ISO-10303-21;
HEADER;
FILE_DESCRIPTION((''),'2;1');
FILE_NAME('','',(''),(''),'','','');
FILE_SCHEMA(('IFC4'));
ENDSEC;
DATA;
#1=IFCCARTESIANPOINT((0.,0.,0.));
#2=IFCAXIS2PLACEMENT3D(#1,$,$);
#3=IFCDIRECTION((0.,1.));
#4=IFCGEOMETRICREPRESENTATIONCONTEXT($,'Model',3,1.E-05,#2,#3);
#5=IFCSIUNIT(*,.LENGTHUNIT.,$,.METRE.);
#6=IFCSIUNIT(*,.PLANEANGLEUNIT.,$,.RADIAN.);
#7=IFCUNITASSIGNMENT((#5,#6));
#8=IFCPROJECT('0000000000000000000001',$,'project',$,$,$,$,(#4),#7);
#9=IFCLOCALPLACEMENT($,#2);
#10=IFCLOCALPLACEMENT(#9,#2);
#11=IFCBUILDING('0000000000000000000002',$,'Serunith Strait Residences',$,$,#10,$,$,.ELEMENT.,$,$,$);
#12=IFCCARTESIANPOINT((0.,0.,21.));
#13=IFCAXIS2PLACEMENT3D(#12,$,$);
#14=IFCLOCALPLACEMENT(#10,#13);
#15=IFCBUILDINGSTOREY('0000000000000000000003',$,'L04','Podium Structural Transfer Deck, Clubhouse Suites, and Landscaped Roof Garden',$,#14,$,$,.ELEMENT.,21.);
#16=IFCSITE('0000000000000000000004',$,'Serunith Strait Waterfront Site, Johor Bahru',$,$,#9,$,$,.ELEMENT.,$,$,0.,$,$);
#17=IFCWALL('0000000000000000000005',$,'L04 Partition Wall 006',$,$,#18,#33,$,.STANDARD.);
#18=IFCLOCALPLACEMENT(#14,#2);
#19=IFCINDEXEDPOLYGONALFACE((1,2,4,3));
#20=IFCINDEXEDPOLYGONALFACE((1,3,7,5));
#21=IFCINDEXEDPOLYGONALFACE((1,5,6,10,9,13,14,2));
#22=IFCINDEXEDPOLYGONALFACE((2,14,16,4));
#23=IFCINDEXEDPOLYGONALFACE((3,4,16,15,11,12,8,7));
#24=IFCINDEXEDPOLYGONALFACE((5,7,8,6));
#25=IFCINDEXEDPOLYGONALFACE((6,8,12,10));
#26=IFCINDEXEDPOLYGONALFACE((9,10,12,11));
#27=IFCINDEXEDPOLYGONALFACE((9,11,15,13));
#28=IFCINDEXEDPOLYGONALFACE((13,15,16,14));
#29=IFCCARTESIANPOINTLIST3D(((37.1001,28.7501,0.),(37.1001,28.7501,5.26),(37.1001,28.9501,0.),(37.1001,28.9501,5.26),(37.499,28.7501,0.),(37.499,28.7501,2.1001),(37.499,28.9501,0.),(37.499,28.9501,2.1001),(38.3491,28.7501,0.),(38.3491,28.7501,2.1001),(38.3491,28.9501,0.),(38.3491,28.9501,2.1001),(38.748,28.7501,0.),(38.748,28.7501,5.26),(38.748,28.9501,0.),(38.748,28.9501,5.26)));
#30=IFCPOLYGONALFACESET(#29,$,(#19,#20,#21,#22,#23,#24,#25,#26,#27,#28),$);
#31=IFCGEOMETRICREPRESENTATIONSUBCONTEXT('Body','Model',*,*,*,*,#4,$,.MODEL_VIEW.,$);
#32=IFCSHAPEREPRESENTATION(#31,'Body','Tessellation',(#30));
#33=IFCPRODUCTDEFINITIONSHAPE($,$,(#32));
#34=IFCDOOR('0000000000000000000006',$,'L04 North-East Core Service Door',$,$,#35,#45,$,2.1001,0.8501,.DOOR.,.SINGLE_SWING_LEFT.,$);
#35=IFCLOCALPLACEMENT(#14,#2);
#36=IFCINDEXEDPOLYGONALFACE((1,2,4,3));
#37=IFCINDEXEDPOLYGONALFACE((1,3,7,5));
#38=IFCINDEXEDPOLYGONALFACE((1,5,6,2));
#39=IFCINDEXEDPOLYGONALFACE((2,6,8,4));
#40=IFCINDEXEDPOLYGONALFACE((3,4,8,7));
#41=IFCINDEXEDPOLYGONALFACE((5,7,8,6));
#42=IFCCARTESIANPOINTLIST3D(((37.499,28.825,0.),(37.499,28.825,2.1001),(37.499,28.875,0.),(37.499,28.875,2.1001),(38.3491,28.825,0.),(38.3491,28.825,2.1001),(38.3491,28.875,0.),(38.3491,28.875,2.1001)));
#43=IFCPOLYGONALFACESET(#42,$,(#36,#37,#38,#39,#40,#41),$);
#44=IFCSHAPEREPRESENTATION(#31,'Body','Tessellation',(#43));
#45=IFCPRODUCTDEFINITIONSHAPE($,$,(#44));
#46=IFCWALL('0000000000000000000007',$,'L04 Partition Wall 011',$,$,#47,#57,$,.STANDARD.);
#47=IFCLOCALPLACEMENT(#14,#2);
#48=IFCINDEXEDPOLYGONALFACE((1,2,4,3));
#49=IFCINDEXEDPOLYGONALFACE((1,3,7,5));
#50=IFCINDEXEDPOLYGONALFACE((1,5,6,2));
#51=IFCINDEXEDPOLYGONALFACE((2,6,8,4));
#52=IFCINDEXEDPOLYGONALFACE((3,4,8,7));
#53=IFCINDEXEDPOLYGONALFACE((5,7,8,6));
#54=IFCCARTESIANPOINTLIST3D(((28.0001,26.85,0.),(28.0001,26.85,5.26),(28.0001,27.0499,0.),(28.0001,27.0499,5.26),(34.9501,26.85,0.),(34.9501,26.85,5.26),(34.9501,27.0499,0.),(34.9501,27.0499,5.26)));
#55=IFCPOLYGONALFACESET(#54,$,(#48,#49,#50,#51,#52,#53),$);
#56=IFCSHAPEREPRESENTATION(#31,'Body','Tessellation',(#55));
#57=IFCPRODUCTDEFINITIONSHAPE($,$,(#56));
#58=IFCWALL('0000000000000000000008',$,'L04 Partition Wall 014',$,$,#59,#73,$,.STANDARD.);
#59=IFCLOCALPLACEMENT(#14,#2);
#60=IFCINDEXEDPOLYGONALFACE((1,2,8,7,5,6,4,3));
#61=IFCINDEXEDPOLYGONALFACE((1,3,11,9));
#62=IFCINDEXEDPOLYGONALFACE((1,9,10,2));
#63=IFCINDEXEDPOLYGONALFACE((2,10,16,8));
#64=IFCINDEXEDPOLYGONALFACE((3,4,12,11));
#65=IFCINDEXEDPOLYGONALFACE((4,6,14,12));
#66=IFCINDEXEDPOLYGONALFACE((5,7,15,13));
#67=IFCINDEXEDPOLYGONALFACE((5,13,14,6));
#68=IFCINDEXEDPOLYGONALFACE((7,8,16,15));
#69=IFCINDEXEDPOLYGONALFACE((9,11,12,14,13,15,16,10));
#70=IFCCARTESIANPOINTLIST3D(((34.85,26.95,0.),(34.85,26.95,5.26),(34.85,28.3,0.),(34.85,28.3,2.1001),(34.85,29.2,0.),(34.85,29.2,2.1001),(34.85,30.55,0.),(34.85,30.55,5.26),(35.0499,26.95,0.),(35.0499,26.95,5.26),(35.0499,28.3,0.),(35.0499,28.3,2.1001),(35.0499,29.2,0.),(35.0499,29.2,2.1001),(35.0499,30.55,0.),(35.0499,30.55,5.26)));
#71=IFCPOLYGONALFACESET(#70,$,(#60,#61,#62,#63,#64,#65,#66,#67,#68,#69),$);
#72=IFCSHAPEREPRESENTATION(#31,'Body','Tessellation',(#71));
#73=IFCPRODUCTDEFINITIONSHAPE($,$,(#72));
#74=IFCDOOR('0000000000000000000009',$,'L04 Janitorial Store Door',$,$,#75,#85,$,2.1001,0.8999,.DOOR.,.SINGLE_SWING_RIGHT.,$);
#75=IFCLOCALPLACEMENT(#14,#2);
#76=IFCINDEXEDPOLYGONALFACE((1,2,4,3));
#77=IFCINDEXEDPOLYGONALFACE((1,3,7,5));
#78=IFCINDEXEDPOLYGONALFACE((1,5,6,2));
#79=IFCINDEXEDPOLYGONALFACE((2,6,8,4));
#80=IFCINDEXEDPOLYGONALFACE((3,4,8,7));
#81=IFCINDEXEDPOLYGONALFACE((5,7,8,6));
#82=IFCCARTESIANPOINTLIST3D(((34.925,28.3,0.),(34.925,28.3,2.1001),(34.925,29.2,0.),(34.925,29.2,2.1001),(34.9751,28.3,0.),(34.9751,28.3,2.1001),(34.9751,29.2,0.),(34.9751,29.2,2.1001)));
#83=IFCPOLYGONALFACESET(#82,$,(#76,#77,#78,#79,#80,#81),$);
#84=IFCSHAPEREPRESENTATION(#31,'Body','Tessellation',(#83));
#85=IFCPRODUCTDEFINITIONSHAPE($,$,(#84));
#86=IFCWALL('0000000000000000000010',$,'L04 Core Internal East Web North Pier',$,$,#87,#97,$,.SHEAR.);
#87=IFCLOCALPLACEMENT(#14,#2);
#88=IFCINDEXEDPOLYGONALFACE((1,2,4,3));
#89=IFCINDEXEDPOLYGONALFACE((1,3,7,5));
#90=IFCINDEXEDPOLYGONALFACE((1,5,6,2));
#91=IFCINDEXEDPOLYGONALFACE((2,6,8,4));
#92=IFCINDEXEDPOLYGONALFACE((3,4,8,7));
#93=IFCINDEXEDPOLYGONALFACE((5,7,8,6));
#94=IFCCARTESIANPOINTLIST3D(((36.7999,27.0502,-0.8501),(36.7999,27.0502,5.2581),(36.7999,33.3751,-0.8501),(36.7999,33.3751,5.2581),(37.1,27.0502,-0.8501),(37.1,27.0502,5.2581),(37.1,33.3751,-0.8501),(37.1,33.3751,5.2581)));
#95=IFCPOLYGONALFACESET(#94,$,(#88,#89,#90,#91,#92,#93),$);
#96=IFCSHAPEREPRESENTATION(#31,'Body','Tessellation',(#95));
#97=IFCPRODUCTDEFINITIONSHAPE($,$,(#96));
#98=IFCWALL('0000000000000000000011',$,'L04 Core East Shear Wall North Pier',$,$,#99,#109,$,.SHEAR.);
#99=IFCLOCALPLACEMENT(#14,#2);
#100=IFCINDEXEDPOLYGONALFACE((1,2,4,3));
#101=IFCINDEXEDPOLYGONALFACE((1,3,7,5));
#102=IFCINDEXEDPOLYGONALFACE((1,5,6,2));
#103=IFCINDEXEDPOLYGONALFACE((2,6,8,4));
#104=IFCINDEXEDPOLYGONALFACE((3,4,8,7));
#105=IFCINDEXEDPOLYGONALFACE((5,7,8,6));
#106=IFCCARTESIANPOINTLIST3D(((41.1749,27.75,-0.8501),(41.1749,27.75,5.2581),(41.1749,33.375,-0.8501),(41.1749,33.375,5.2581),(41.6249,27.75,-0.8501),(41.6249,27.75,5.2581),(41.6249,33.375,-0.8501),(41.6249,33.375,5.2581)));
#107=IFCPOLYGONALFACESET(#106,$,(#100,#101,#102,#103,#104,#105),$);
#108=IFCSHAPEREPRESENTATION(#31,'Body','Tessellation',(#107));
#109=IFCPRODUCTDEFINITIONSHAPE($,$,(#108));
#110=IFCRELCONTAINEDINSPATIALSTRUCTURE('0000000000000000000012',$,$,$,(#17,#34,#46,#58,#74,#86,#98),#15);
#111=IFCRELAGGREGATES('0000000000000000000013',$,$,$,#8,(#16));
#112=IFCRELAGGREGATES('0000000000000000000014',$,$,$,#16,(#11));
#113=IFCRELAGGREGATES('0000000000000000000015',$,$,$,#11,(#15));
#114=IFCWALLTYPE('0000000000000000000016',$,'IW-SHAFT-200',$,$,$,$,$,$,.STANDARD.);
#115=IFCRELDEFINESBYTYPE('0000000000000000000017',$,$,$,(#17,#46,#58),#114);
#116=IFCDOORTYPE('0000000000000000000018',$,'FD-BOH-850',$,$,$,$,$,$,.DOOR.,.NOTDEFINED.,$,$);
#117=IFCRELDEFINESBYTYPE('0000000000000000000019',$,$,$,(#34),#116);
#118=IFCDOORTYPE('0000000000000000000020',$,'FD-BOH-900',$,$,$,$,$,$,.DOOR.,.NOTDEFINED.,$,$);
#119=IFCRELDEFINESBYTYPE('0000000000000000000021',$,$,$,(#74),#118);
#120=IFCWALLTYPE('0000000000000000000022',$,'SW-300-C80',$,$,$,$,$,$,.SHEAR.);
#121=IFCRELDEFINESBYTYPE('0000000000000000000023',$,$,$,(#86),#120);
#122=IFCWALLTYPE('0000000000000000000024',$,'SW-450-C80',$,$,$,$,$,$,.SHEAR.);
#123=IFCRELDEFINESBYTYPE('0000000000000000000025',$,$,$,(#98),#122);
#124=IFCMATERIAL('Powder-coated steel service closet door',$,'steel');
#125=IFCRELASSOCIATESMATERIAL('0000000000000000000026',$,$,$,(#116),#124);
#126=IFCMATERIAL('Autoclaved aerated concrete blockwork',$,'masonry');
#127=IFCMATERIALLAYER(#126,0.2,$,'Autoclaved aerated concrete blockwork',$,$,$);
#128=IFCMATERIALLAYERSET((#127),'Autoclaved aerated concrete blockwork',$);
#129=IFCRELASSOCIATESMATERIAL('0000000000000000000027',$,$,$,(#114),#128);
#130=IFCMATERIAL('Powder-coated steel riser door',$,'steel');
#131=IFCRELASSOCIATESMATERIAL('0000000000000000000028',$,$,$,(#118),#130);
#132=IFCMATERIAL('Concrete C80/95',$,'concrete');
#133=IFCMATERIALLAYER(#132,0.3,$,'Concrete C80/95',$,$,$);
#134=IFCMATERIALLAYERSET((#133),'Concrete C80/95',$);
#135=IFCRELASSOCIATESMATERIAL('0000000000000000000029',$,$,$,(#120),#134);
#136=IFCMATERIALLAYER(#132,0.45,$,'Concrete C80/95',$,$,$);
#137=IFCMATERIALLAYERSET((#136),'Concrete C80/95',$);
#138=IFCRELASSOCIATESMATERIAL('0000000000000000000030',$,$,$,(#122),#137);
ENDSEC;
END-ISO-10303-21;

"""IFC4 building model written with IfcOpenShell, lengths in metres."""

from ifc_helpers import new_model, si_unit, direction, frame, frame_2d, origin, place, context, subcontext, project, spatial, rectangle, extrude, source, transform, mapped, material, layer, layer_set, type_object, element, fill, save


model = new_model("IFC4")

# Units and contexts
model_context = context("Model", 3, precision=1e-05, world=origin(), true_north=direction((0.0, 1.0)))
body_context = subcontext(model_context, "Body", "Model", "MODEL_VIEW")
ifc_project = project(units=[si_unit("LENGTHUNIT", "METRE"), si_unit("PLANEANGLEUNIT", "RADIAN")], contexts=[model_context])

# Site, building, storey
site_placement = place(None, origin())
site = spatial("IfcSite", under=ifc_project, at=site_placement, Name="Serunith Strait Waterfront Site, Johor Bahru", CompositionType="ELEMENT", RefElevation=0.0)
building_placement = place(site_placement, origin())
building = spatial("IfcBuilding", under=site, at=building_placement, Name="Serunith Strait Residences", CompositionType="ELEMENT")
storey_placement = place(building_placement, frame((0.0, 0.0, 21.0)))
storey = spatial("IfcBuildingStorey", under=building, at=storey_placement, Name="L04", Description="Podium Structural Transfer Deck, Clubhouse Suites, and Landscaped Roof Garden", CompositionType="ELEMENT", Elevation=21.0)

# Shared definitions
ifc_material_1 = material(Name="Powder-coated steel service closet door", Category="steel")
door_type_1 = type_object("IfcDoorType", Name="FD-BOH-850", OperationType="NOTDEFINED", PredefinedType="DOOR", material=ifc_material_1)
shared_shape_1 = source(origin(), body_context, "Body", "SweptSolid", [
    extrude(rectangle(XDim=0.8501, YDim=2.1001, at=frame_2d((0.425, 1.05))), frame((0.0, 0.0249, 0.0), z_axis=(0.0, -1.0, 0.0), x_axis=(1.0, 0.0, 0.0)), (0.0, 0.0, 1.0), 0.05),
])
ifc_material_2 = material(Name="Autoclaved aerated concrete blockwork", Category="masonry")
ifc_layer_1 = layer(ifc_material_2, 0.2, Name="Autoclaved aerated concrete blockwork")
ifc_layer_set_1 = layer_set([ifc_layer_1], Name="Autoclaved aerated concrete blockwork")
wall_type_1 = type_object("IfcWallType", Name="IW-SHAFT-200", PredefinedType="STANDARD", material=ifc_layer_set_1)

# Wall, opening, door
wall_1_placement = place(storey_placement, frame((37.1001, 28.8501, 0.0), z_axis=(0.0, 0.0, 1.0), x_axis=(1.0, 0.0, 0.0)))
wall_1 = element("IfcWall", 1, at=wall_1_placement, inside=storey, type_object=wall_type_1, Name="L04 Partition Wall 006", PredefinedType="STANDARD", context=body_context, shape_type="SweptSolid", body=[
    extrude(rectangle(XDim=1.6479, YDim=0.2, at=frame_2d((0.824, 0.0))), origin(), (0.0, 0.0, 1.0), 5.26),
])
opening_1_placement = place(wall_1_placement, frame((0.3989, 0.0, 0.0)))
opening_1 = element("IfcOpeningElement", 2, at=opening_1_placement, cuts=wall_1, PredefinedType="OPENING", context=body_context, shape_type="SweptSolid", body=[
    extrude(rectangle(XDim=0.8501, YDim=2.1001, at=frame_2d((0.425, 1.05))), frame((0.0, 0.1099, 0.0), z_axis=(0.0, -1.0, 0.0), x_axis=(1.0, 0.0, 0.0)), (0.0, 0.0, 1.0), 0.22),
])
door_1_placement = place(opening_1_placement, origin())
door_1 = element("IfcDoor", 3, at=door_1_placement, inside=storey, type_object=door_type_1, Name="L04 North-East Core Service Door", OperationType="SINGLE_SWING_LEFT", OverallHeight=2.1001, OverallWidth=0.8501, PredefinedType="DOOR", context=body_context, shape_type="MappedRepresentation", body=[
    mapped(shared_shape_1, transform((0.0, 0.0, 0.0), scale=1.0)),
])
fill(opening_1, door_1)

# Wall
wall_2_placement = place(storey_placement, frame((28.0, 26.95, 0.0), z_axis=(0.0, 0.0, 1.0), x_axis=(1.0, 0.0, 0.0)))
element("IfcWall", 4, at=wall_2_placement, inside=storey, type_object=wall_type_1, Name="L04 Partition Wall 011", PredefinedType="STANDARD", context=body_context, shape_type="SweptSolid", body=[
    extrude(rectangle(XDim=6.95, YDim=0.2, at=frame_2d((3.4751, 0.0))), origin(), (0.0, 0.0, 1.0), 5.26),
])

# Wall, opening, door
wall_3_placement = place(storey_placement, frame((34.95, 26.95, 0.0), z_axis=(0.0, 0.0, 1.0), x_axis=(0.0, 1.0, 0.0)))
wall_3 = element("IfcWall", 5, at=wall_3_placement, inside=storey, type_object=wall_type_1, Name="L04 Partition Wall 014", PredefinedType="STANDARD", context=body_context, shape_type="SweptSolid", body=[
    extrude(rectangle(XDim=3.6001, YDim=0.2, at=frame_2d((1.8, 0.0))), origin(), (0.0, 0.0, 1.0), 5.26),
])
opening_2_placement = place(wall_3_placement, frame((1.3501, 0.0, 0.0)))
opening_2 = element("IfcOpeningElement", 6, at=opening_2_placement, cuts=wall_3, PredefinedType="OPENING", context=body_context, shape_type="SweptSolid", body=[
    extrude(rectangle(XDim=0.8999, YDim=2.1001, at=frame_2d((0.45, 1.05))), frame((0.0, 0.1099, 0.0), z_axis=(0.0, -1.0, 0.0), x_axis=(1.0, 0.0, 0.0)), (0.0, 0.0, 1.0), 0.22),
])
ifc_material_3 = material(Name="Powder-coated steel riser door", Category="steel")
door_type_2 = type_object("IfcDoorType", Name="FD-BOH-900", OperationType="NOTDEFINED", PredefinedType="DOOR", material=ifc_material_3)
shared_shape_2 = source(origin(), body_context, "Body", "SweptSolid", [
    extrude(rectangle(XDim=0.8999, YDim=2.1001, at=frame_2d((0.45, 1.05))), frame((0.0, 0.0249, 0.0), z_axis=(0.0, -1.0, 0.0), x_axis=(1.0, 0.0, 0.0)), (0.0, 0.0, 1.0), 0.05),
])
door_2_placement = place(opening_2_placement, origin())
door_2 = element("IfcDoor", 7, at=door_2_placement, inside=storey, type_object=door_type_2, Name="L04 Janitorial Store Door", OperationType="SINGLE_SWING_RIGHT", OverallHeight=2.1001, OverallWidth=0.8999, PredefinedType="DOOR", context=body_context, shape_type="MappedRepresentation", body=[
    mapped(shared_shape_2, transform((0.0, 0.0, 0.0), scale=1.0)),
])
fill(opening_2, door_2)

# Walls
ifc_material_4 = material(Name="Concrete C80/95", Category="concrete")
ifc_layer_2 = layer(ifc_material_4, 0.3, Name="Concrete C80/95")
ifc_layer_set_2 = layer_set([ifc_layer_2], Name="Concrete C80/95")
wall_type_2 = type_object("IfcWallType", Name="SW-300-C80", PredefinedType="SHEAR", material=ifc_layer_set_2)
wall_4_placement = place(storey_placement, frame((36.95, 27.05, -0.8501), z_axis=(0.0, 0.0, 1.0), x_axis=(0.0, 1.0, 0.0)))
element("IfcWall", 8, at=wall_4_placement, inside=storey, type_object=wall_type_2, Name="L04 Core Internal East Web North Pier", PredefinedType="SHEAR", context=body_context, shape_type="SweptSolid", body=[
    extrude(rectangle(XDim=6.325, YDim=0.3, at=frame_2d((3.1626, 0.0))), origin(), (0.0, 0.0, 1.0), 6.1082),
])
ifc_layer_3 = layer(ifc_material_4, 0.45, Name="Concrete C80/95")
ifc_layer_set_3 = layer_set([ifc_layer_3], Name="Concrete C80/95")
wall_type_3 = type_object("IfcWallType", Name="SW-450-C80", PredefinedType="SHEAR", material=ifc_layer_set_3)
wall_5_placement = place(storey_placement, frame((41.3999, 27.75, -0.8501), z_axis=(0.0, 0.0, 1.0), x_axis=(0.0, 1.0, 0.0)))
element("IfcWall", 9, at=wall_5_placement, inside=storey, type_object=wall_type_3, Name="L04 Core East Shear Wall North Pier", PredefinedType="SHEAR", context=body_context, shape_type="SweptSolid", body=[
    extrude(rectangle(XDim=5.625, YDim=0.45, at=frame_2d((2.8125, 0.0))), origin(), (0.0, 0.0, 1.0), 6.1082),
])

save(model, "model.ifc")
